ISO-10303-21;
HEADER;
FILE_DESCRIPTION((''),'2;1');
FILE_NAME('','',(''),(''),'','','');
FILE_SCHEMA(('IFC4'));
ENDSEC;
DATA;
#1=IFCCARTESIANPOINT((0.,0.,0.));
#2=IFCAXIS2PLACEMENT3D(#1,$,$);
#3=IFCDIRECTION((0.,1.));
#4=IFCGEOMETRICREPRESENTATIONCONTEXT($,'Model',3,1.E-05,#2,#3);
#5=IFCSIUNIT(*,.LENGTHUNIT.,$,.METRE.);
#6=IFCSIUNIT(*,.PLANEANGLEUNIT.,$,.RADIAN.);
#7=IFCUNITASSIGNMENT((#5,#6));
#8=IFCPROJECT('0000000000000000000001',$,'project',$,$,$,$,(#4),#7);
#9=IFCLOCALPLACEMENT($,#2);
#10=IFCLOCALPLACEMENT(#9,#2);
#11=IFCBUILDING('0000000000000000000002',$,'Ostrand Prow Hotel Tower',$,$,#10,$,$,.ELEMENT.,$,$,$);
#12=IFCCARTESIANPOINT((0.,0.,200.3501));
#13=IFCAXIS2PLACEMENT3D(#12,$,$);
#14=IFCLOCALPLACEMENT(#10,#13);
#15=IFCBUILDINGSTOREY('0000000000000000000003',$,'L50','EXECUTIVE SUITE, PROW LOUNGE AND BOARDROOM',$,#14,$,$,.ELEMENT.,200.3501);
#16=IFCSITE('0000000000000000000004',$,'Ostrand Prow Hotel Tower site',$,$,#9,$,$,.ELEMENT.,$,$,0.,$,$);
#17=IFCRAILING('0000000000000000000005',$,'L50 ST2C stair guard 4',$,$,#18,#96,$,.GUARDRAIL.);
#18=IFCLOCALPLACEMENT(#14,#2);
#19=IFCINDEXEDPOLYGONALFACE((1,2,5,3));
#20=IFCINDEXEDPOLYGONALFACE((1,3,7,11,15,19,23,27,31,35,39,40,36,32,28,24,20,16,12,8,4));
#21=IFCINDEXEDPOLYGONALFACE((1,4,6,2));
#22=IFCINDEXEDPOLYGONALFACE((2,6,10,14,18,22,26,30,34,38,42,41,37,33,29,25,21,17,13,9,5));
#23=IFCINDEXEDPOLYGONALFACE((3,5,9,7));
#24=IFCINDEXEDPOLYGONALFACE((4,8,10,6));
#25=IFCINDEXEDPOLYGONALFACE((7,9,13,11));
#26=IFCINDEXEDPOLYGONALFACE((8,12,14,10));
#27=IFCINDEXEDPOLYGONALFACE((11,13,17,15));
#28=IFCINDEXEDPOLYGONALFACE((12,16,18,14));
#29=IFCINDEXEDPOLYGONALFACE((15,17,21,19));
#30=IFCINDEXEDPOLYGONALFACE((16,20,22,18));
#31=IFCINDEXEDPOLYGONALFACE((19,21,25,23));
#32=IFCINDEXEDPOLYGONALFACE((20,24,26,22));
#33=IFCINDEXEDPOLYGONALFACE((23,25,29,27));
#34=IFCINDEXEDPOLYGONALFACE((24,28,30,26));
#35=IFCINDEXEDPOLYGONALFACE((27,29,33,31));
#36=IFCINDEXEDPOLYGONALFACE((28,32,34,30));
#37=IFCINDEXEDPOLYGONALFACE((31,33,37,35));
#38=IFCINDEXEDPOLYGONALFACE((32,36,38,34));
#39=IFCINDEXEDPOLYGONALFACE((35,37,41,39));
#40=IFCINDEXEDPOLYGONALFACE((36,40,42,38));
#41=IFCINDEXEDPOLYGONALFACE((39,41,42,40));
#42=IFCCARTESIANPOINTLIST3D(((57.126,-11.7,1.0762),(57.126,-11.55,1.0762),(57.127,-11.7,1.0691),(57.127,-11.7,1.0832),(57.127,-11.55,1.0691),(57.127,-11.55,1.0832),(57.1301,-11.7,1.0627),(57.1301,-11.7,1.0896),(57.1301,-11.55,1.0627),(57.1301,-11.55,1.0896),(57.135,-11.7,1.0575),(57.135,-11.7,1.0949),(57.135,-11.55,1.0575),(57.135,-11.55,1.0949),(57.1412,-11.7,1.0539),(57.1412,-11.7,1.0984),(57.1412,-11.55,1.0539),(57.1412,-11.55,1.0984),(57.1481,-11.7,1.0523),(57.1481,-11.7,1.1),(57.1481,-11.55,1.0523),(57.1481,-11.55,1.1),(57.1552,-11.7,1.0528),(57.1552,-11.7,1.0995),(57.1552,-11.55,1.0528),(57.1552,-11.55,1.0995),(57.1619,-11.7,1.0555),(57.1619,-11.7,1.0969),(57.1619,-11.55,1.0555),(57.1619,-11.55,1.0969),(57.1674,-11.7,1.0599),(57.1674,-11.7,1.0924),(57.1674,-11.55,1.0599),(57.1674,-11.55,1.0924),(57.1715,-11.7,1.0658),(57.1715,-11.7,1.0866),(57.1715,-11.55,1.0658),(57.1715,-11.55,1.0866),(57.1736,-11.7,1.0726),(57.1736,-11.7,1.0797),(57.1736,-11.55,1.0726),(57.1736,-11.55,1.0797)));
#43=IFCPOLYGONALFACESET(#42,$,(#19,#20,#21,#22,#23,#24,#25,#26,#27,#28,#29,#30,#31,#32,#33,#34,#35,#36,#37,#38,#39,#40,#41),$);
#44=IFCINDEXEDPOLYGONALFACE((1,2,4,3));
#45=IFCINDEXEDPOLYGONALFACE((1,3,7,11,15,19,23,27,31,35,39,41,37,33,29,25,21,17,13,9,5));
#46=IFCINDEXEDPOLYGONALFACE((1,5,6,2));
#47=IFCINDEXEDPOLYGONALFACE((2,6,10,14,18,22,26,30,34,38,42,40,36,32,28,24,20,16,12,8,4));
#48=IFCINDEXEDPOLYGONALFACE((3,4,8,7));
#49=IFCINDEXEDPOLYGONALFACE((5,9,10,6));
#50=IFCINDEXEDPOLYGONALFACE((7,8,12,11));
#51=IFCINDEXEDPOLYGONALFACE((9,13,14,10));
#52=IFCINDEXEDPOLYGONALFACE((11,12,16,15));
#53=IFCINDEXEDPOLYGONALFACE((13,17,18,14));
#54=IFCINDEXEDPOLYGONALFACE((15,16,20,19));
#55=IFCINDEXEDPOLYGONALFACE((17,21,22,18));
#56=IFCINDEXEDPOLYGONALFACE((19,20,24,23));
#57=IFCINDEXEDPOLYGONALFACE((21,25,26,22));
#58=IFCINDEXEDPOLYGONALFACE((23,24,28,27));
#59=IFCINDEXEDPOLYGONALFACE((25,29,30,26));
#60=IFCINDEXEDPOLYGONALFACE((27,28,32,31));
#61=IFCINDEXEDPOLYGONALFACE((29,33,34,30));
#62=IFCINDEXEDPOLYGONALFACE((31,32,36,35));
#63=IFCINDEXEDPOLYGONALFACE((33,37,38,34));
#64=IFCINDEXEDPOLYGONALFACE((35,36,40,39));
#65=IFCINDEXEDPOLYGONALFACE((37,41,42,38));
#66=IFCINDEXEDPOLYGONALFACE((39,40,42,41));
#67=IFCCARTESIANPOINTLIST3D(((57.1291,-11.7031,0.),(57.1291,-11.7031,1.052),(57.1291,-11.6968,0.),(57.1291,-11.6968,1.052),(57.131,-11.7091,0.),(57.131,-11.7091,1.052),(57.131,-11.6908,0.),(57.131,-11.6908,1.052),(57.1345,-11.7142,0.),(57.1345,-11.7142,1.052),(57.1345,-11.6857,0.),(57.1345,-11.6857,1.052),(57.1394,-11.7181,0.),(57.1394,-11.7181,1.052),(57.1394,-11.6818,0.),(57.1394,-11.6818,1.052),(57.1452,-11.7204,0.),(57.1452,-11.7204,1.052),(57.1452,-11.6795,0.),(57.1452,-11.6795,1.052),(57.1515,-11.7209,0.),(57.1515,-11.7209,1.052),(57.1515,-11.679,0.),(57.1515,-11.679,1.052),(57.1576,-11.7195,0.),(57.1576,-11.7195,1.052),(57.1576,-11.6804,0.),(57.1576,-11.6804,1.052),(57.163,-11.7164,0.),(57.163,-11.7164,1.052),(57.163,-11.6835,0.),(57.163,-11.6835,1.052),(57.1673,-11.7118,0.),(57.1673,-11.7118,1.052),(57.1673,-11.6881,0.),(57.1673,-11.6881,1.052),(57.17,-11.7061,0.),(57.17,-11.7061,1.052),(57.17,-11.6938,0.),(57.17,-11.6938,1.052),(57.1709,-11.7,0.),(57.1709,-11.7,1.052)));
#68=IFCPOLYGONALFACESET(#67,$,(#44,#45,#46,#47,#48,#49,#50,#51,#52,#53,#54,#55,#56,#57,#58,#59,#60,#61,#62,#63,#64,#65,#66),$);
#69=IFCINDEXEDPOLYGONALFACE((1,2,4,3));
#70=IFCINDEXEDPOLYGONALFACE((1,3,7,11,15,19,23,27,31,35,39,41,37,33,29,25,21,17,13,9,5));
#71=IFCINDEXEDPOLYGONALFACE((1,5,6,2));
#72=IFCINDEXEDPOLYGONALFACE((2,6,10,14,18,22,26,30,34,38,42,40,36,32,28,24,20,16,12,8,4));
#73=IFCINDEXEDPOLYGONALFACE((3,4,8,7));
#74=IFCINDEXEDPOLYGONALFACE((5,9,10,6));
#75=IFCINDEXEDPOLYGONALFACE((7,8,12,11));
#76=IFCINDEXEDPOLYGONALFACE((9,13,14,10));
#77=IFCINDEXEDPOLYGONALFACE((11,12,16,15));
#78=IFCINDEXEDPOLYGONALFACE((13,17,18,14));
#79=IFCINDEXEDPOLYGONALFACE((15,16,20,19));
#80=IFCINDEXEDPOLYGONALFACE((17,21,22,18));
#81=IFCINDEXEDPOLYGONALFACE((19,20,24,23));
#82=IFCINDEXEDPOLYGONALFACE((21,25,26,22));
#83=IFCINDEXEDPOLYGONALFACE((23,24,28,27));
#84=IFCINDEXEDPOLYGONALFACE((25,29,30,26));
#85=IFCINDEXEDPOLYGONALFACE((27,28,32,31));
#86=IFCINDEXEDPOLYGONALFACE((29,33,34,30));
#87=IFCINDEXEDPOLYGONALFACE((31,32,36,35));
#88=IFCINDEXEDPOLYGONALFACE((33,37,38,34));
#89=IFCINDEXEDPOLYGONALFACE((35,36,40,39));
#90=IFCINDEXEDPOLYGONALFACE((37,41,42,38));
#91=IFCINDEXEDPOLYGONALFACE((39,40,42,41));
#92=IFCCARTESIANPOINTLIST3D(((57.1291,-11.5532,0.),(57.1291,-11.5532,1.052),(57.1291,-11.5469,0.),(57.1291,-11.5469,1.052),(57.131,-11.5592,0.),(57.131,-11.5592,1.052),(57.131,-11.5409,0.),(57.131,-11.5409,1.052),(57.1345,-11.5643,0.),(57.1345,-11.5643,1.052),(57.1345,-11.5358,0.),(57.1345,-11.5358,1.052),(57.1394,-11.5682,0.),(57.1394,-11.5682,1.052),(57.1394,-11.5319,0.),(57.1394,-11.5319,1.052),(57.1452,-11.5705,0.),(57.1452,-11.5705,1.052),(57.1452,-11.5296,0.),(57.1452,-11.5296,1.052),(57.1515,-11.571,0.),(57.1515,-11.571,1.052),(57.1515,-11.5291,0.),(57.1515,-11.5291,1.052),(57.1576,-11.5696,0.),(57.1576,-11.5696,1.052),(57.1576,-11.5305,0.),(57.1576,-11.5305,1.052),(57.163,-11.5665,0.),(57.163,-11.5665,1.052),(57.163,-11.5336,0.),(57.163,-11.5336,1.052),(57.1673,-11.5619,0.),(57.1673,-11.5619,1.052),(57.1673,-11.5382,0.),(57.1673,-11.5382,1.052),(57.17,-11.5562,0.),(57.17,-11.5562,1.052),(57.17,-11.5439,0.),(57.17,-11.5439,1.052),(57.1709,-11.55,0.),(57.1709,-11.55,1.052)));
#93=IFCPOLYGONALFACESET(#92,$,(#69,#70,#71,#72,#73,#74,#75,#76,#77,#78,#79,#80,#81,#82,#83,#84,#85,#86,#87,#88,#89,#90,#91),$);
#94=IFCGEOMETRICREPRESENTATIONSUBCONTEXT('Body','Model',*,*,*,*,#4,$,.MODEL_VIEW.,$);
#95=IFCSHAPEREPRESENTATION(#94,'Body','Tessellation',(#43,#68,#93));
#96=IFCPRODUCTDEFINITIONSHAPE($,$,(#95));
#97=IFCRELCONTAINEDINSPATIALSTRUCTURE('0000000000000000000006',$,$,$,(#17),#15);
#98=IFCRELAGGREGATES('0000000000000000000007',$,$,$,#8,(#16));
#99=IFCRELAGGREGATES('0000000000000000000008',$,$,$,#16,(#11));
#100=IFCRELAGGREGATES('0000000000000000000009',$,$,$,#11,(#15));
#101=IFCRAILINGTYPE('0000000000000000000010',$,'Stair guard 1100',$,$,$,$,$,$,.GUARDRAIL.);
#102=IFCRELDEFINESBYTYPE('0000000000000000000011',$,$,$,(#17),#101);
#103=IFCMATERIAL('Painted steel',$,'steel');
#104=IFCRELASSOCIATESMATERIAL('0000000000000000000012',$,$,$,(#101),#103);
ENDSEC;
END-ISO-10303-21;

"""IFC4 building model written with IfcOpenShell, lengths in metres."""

from ifc_helpers import new_model, si_unit, direction, frame, origin, origin_2d, place, context, subcontext, project, spatial, circle, extrude, material, type_object, element, save


model = new_model("IFC4")

# Units and contexts
model_context = context("Model", 3, precision=1e-05, world=origin(), true_north=direction((0.0, 1.0)))
body_context = subcontext(model_context, "Body", "Model", "MODEL_VIEW")
ifc_project = project(units=[si_unit("LENGTHUNIT", "METRE"), si_unit("PLANEANGLEUNIT", "RADIAN")], contexts=[model_context])

# Site, building, storey
site_placement = place(None, origin())
site = spatial("IfcSite", under=ifc_project, at=site_placement, Name="Ostrand Prow Hotel Tower site", CompositionType="ELEMENT", RefElevation=0.0)
building_placement = place(site_placement, origin())
building = spatial("IfcBuilding", under=site, at=building_placement, Name="Ostrand Prow Hotel Tower", CompositionType="ELEMENT")
storey_placement = place(building_placement, frame((0.0, 0.0, 200.3501)))
storey = spatial("IfcBuildingStorey", under=building, at=storey_placement, Name="L50", Description="EXECUTIVE SUITE, PROW LOUNGE AND BOARDROOM", CompositionType="ELEMENT", Elevation=200.3501)

# Railing
ifc_material_1 = material(Name="Painted steel", Category="steel")
railing_type_1 = type_object("IfcRailingType", Name="Stair guard 1100", PredefinedType="GUARDRAIL", material=ifc_material_1)
railing_1_placement = place(storey_placement, frame((57.1499, -11.7, 0.0)))
element("IfcRailing", 1, at=railing_1_placement, inside=storey, type_object=railing_type_1, Name="L50 ST2C stair guard 4", PredefinedType="GUARDRAIL", context=body_context, shape_type="SweptSolid", body=[
    extrude(circle(Radius=0.0239, at=origin_2d()), frame((0.0, 0.0, 1.0762), z_axis=(0.0, 1.0, 0.0), x_axis=(-1.0, 0.0, 0.0)), (0.0, 0.0, 1.0), 0.1499),
    extrude(circle(Radius=0.021, at=origin_2d()), origin(), (0.0, 0.0, 1.0), 1.052),
    extrude(circle(Radius=0.021, at=origin_2d()), frame((0.0, 0.1499, 0.0)), (0.0, 0.0, 1.0), 1.052),
])

save(model, "model.ifc")
